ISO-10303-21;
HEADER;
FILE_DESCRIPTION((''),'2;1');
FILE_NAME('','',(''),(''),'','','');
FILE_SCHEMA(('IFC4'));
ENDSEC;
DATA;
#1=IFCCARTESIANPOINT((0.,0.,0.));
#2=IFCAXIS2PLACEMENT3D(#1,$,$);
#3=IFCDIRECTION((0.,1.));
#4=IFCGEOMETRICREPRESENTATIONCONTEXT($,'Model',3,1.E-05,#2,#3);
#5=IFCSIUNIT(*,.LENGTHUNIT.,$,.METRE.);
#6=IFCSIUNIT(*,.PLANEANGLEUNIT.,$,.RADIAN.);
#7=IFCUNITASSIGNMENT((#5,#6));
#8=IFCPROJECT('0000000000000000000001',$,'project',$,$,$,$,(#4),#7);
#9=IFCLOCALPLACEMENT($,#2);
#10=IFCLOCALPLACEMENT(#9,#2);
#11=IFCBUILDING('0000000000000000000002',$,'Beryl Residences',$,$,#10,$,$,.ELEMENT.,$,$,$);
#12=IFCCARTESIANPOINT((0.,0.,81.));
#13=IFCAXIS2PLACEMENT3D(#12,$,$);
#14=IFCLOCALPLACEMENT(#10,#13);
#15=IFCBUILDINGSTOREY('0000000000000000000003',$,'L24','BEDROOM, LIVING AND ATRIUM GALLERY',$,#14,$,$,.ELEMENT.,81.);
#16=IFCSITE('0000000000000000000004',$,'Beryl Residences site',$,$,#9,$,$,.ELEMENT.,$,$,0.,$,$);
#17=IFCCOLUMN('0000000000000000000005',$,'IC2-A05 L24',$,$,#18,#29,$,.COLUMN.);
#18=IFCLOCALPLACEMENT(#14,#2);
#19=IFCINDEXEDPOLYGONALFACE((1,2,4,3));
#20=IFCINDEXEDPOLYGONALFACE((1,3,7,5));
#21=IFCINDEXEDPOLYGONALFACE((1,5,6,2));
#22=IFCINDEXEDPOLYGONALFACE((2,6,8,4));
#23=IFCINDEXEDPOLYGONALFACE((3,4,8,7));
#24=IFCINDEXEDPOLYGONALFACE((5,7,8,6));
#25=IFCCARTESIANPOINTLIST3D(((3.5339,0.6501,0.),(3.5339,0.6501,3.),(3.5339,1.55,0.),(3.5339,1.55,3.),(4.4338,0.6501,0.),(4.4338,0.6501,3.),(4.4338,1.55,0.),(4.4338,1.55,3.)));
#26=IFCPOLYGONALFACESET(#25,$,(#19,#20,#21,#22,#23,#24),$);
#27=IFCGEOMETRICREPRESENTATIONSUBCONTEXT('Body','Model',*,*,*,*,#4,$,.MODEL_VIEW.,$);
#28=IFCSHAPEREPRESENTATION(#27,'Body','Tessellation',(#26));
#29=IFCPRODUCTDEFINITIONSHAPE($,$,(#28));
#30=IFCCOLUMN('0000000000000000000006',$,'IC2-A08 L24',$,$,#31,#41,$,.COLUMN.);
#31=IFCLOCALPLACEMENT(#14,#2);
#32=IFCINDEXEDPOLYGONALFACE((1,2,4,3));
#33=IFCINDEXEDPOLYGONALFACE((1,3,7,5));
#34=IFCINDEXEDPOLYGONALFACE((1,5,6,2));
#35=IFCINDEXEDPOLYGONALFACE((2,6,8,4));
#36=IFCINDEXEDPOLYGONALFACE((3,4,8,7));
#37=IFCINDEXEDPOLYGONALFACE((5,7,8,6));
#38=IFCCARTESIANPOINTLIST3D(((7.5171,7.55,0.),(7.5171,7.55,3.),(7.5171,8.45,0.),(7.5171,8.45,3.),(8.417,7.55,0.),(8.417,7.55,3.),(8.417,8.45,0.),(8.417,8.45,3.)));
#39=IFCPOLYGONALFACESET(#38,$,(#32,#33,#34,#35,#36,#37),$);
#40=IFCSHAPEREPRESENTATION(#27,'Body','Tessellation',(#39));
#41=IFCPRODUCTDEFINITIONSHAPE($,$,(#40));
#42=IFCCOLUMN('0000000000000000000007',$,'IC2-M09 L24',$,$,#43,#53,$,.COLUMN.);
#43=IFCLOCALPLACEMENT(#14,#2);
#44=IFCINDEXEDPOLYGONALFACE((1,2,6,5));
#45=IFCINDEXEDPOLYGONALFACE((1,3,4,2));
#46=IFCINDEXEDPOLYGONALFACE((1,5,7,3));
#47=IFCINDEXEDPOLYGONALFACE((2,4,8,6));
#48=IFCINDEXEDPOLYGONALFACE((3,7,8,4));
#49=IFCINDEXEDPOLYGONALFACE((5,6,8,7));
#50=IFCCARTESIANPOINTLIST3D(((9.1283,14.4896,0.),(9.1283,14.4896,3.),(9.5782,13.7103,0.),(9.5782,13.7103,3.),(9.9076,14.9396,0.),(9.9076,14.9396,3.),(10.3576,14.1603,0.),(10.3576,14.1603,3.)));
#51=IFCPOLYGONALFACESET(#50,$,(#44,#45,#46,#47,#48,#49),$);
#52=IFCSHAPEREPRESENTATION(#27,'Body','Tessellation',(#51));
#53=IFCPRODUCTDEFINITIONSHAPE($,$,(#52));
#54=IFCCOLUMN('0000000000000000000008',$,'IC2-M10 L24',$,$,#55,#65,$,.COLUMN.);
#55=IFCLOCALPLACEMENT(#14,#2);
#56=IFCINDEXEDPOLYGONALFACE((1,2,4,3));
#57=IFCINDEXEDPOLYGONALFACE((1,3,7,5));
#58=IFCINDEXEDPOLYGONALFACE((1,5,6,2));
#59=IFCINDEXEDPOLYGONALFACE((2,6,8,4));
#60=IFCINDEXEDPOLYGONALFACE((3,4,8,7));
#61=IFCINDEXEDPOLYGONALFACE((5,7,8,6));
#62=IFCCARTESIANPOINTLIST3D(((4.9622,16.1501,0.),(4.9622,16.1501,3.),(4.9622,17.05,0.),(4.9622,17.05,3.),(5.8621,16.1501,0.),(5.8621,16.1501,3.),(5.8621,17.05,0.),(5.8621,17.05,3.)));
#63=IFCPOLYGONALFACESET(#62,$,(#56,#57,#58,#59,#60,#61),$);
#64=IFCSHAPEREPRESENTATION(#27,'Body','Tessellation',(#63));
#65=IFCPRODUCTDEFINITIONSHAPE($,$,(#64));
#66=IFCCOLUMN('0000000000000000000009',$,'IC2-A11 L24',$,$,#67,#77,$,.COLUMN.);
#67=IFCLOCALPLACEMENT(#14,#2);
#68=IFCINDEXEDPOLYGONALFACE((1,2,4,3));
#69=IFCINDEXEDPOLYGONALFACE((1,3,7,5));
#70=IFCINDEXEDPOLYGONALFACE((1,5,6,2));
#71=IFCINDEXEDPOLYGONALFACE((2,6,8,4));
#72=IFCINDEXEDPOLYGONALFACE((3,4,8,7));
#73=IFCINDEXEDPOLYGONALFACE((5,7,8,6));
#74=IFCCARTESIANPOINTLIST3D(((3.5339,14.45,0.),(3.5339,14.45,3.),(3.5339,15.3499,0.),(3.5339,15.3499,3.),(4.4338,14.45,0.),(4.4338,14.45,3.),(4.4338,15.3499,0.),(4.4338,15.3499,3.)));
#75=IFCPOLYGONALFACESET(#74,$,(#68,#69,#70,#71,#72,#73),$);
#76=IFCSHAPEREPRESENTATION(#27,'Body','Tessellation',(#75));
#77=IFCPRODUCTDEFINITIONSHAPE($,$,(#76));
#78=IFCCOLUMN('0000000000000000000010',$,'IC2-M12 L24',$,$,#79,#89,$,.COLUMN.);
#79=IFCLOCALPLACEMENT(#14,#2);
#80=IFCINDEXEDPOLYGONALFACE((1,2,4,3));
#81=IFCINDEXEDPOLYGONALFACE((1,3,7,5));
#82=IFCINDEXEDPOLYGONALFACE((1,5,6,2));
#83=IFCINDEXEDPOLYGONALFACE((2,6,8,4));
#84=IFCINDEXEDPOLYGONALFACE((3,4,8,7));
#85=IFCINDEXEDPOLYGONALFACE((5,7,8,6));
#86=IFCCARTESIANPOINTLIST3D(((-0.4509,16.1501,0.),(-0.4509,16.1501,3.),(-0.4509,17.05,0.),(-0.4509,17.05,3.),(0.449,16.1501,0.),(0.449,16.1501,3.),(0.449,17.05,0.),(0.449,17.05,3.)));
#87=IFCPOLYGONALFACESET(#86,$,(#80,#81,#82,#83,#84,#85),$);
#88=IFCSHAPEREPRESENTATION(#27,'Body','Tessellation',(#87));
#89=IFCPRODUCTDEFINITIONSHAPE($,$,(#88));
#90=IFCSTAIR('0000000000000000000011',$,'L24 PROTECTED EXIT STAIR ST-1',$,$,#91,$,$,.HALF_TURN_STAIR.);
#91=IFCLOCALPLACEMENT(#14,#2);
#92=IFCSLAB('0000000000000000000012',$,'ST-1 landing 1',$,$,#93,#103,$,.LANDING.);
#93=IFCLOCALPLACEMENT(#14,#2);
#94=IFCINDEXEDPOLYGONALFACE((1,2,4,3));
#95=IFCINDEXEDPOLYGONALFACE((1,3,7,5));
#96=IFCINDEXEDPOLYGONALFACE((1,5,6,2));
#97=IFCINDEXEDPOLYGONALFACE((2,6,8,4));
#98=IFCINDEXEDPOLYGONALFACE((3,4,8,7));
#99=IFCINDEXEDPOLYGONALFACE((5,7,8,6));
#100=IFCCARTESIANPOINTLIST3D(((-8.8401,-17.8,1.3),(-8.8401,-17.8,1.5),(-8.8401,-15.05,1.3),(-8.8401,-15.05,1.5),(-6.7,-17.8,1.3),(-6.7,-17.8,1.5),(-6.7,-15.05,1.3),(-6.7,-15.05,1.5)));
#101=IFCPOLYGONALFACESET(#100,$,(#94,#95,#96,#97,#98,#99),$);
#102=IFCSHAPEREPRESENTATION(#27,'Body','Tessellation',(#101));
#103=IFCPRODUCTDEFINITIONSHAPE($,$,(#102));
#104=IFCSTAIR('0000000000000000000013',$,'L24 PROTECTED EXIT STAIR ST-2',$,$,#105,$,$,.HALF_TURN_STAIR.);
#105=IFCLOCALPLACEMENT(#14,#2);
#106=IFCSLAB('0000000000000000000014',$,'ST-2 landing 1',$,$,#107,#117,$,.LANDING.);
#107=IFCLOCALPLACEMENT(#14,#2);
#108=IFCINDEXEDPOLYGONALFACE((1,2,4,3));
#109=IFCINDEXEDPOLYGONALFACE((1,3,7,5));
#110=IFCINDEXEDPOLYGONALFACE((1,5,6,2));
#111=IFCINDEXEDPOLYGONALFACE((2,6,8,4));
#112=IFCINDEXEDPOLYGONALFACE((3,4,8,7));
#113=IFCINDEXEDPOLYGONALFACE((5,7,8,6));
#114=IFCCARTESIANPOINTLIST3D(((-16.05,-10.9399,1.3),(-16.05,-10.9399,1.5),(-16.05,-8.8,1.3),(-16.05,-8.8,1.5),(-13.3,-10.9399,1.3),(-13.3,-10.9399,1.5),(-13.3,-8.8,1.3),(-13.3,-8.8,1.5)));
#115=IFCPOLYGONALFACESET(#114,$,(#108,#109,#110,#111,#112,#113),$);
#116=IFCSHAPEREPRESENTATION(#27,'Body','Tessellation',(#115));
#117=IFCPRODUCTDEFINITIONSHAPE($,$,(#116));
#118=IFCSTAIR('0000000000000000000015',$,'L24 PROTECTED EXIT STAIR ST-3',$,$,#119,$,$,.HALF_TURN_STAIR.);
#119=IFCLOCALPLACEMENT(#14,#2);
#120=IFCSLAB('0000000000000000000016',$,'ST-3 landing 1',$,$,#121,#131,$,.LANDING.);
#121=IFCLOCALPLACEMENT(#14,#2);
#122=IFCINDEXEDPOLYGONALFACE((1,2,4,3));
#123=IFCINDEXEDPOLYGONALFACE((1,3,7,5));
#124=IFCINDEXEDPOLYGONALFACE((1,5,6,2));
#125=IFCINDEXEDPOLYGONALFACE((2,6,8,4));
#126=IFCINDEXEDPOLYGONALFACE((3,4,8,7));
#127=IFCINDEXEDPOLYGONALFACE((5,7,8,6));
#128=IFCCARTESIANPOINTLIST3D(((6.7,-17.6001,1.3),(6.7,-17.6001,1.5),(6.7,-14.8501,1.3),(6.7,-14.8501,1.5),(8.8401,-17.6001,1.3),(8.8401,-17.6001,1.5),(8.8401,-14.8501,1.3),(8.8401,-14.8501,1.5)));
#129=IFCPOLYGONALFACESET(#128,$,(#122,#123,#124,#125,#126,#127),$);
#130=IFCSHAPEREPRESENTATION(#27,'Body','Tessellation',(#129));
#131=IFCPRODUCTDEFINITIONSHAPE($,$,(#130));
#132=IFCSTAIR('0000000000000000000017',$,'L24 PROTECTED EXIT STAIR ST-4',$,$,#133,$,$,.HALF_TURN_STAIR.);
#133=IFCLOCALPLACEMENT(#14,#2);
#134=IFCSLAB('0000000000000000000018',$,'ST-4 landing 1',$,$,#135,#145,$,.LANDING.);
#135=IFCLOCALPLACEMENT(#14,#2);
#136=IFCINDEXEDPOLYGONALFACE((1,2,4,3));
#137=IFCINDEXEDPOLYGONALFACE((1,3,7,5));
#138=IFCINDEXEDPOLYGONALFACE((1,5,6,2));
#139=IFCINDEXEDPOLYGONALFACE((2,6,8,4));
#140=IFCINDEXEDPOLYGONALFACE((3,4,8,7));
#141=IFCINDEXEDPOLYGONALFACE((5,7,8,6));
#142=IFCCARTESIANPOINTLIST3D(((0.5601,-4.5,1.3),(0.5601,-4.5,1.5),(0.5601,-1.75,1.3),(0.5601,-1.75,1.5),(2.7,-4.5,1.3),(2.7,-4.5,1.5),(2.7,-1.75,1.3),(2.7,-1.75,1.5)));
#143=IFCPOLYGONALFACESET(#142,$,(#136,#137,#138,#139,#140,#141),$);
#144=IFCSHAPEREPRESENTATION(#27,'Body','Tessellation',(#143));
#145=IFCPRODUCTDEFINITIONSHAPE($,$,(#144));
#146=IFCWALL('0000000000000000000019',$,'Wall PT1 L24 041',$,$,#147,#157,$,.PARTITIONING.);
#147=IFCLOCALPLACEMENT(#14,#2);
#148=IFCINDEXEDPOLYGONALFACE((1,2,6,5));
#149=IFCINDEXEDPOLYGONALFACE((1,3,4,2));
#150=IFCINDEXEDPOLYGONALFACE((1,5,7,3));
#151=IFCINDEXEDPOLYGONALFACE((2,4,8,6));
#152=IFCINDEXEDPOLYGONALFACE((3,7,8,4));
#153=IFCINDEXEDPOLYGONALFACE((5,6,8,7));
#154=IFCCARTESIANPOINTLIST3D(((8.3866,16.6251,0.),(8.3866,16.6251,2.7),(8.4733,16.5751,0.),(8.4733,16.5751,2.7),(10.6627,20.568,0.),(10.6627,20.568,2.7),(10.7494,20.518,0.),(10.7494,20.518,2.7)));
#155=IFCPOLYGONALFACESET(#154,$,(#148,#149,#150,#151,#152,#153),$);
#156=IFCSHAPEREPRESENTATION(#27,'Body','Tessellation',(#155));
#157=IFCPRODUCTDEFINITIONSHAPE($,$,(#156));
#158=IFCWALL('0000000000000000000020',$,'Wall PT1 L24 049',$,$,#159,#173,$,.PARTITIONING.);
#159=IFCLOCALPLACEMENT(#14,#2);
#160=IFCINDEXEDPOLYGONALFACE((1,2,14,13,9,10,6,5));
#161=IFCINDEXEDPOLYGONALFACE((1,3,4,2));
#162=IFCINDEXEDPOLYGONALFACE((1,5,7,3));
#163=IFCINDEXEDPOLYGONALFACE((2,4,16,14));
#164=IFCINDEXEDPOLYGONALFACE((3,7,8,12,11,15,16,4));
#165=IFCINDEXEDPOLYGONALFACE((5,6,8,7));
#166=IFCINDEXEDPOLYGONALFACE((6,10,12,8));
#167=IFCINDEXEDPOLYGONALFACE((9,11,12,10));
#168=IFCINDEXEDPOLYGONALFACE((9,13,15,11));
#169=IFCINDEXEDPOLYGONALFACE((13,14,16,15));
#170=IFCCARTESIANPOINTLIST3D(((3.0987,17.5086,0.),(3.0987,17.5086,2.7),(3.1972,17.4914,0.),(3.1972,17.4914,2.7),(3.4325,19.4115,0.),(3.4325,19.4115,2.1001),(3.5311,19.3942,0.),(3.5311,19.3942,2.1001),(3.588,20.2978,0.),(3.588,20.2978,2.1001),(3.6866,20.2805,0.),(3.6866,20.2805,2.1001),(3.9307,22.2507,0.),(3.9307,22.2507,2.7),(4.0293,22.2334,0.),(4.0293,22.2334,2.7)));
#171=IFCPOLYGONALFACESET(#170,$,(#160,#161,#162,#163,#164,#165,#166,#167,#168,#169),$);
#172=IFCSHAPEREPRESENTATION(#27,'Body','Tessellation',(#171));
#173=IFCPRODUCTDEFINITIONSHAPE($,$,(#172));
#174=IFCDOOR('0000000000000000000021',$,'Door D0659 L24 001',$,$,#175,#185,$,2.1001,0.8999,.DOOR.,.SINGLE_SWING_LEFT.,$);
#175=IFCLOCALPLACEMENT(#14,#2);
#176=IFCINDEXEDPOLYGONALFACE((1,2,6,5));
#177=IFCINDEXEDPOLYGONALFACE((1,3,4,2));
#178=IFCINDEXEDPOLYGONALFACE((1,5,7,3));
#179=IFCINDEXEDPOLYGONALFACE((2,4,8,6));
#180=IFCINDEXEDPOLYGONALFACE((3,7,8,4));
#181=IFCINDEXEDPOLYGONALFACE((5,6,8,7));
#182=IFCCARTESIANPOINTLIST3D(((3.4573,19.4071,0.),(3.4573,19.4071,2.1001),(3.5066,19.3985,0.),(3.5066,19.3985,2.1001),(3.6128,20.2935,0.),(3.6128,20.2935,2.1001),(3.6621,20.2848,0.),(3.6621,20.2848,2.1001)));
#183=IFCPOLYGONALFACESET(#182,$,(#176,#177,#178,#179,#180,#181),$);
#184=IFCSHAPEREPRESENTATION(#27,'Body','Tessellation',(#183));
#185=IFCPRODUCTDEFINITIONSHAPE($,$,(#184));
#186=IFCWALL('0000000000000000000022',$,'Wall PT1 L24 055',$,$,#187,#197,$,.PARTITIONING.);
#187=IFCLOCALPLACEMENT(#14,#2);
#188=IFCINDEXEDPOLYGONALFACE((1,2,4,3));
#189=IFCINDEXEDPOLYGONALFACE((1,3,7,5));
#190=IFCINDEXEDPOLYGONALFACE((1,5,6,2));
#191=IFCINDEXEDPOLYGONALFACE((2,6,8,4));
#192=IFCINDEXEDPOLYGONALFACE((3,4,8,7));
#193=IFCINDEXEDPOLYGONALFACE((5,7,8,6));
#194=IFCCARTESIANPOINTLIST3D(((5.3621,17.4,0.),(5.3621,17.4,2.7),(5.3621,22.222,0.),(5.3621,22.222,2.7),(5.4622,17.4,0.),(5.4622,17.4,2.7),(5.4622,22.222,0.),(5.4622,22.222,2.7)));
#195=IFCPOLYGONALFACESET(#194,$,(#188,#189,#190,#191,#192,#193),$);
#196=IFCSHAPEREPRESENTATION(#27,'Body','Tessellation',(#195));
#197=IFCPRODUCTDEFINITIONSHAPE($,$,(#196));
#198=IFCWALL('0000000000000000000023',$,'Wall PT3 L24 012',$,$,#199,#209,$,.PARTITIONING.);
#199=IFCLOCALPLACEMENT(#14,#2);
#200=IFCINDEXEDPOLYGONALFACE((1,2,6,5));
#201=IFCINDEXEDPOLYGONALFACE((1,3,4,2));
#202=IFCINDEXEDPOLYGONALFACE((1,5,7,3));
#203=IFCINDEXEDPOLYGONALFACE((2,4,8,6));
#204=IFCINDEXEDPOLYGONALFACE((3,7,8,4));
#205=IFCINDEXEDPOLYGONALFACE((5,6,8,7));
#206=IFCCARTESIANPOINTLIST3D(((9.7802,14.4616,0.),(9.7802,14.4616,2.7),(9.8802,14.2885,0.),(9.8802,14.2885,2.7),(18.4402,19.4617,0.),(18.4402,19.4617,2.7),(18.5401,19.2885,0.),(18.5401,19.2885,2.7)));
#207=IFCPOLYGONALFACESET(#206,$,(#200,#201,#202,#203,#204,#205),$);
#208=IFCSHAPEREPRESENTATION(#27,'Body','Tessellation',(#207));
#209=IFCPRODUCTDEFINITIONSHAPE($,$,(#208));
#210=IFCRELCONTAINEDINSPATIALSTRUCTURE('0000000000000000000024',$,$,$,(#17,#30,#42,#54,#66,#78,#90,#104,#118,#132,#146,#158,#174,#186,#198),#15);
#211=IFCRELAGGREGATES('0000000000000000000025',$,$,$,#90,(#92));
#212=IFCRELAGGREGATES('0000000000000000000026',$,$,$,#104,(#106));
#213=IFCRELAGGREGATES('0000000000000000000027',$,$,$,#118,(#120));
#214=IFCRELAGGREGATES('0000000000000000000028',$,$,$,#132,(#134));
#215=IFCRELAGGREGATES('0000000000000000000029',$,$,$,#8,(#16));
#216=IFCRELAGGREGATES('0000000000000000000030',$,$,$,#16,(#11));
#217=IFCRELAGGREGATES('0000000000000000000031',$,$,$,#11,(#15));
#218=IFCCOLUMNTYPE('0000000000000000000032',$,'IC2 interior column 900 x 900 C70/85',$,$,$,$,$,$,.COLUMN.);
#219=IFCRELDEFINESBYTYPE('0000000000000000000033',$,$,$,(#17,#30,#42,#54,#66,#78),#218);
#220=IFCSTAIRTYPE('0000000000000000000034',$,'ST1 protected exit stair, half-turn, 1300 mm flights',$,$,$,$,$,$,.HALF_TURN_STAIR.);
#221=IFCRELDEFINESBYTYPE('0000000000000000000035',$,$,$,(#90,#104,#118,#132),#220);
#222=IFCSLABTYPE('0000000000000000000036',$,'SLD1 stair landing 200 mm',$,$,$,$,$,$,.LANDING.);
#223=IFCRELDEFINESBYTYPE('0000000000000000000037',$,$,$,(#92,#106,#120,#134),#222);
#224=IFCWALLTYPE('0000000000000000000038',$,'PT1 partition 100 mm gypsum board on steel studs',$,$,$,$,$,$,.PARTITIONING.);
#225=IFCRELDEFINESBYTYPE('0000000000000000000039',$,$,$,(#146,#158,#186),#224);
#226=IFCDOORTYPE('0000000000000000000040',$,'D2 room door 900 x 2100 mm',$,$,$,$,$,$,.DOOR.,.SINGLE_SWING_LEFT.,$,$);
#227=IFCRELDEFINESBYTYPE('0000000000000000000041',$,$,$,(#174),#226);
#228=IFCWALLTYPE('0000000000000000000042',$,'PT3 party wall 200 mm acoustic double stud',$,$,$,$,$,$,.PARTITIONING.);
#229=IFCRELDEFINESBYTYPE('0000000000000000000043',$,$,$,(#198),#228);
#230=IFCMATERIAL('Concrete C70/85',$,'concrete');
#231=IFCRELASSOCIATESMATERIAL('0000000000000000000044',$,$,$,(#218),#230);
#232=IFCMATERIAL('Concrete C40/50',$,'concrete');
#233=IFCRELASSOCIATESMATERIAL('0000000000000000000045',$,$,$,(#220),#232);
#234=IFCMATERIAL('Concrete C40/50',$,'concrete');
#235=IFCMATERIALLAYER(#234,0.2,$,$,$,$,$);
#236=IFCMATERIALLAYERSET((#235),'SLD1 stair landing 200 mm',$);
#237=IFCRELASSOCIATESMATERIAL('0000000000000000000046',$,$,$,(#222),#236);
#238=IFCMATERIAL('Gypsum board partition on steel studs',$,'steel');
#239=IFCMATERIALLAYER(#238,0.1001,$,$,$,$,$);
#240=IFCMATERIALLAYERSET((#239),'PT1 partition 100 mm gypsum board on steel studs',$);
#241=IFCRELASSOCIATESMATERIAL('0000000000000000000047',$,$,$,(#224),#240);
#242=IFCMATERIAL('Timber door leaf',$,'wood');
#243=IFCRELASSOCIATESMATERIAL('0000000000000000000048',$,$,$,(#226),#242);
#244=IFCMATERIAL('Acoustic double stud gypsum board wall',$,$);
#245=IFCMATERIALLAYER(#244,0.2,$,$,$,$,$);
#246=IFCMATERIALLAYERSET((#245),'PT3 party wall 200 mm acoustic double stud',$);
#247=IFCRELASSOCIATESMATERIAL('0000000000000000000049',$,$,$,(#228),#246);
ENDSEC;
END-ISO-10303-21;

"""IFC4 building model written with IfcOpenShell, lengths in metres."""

from ifc_helpers import new_model, si_unit, direction, frame, frame_2d, origin, origin_2d, place, context, subcontext, project, spatial, polyline, rectangle, outline, extrude, material, layer, layer_set, material_profile, profile_set, type_object, element, fill, aggregate, save


model = new_model("IFC4")

# Units and contexts
model_context = context("Model", 3, precision=1e-05, world=origin(), true_north=direction((0.0, 1.0)))
body_context = subcontext(model_context, "Body", "Model", "MODEL_VIEW")
ifc_project = project(units=[si_unit("LENGTHUNIT", "METRE"), si_unit("PLANEANGLEUNIT", "RADIAN")], contexts=[model_context])

# Site, building, storey
site_placement = place(None, origin())
site = spatial("IfcSite", under=ifc_project, at=site_placement, Name="Beryl Residences site", CompositionType="ELEMENT", RefElevation=0.0)
building_placement = place(site_placement, origin())
building = spatial("IfcBuilding", under=site, at=building_placement, Name="Beryl Residences", CompositionType="ELEMENT")
storey_placement = place(building_placement, frame((0.0, 0.0, 81.0)))
storey = spatial("IfcBuildingStorey", under=building, at=storey_placement, Name="L24", Description="BEDROOM, LIVING AND ATRIUM GALLERY", CompositionType="ELEMENT", Elevation=81.0)

# Columns
ifc_material_1 = material(Name="Concrete C70/85", Category="concrete")
ifc_material_profile = material_profile(ifc_material_1, rectangle(XDim=0.8999, YDim=0.8999, at=origin_2d()))
ifc_profile_set = profile_set([ifc_material_profile], Name="Concrete C70/85")
column_type = type_object("IfcColumnType", Name="IC2 interior column 900 x 900 C70/85", PredefinedType="COLUMN", material=ifc_profile_set)
for number, where, z_axis, x_axis, name in (
    (1, (3.9839, 1.1001, 0.0), (0.0, 0.0, 1.0), (1.0, 0.0, 0.0), "IC2-A05 L24"),
    (2, (7.967, 8.0, 0.0), (0.0, 0.0, 1.0), (1.0, 0.0, 0.0), "IC2-A08 L24"),
    (3, (9.7429, 14.325, 0.0), (0.0, 0.0, 1.0), (-0.5, 0.866025, 0.0), "IC2-M09 L24"),
    (4, (5.4121, 16.6001, 0.0), (0.0, 0.0, 1.0), (-1.0, 0.0, 0.0), "IC2-M10 L24"),
    (5, (3.9839, 14.8999, 0.0), (0.0, 0.0, 1.0), (1.0, 0.0, 0.0), "IC2-A11 L24"),
    (6, (-0.001, 16.6001, 0.0), (0.0, 0.0, 1.0), (-1.0, 0.0, 0.0), "IC2-M12 L24"),
):
    element("IfcColumn", number, at=place(storey_placement, frame(where, z_axis=z_axis, x_axis=x_axis)), inside=storey, type_object=column_type, Name=name, PredefinedType="COLUMN", context=body_context, shape_type="SweptSolid", body=[
        extrude(rectangle(XDim=0.8999, YDim=0.8999, at=origin_2d()), origin(), (0.0, 0.0, 1.0), 3.0),
    ])

# Stairs, slabs
ifc_material_2 = material(Name="Concrete C40/50", Category="concrete")
stair_type = type_object("IfcStairType", Name="ST1 protected exit stair, half-turn, 1300 mm flights", PredefinedType="HALF_TURN_STAIR", material=ifc_material_2)
stair_1_placement = place(storey_placement, origin())
stair_1 = element("IfcStair", 7, at=stair_1_placement, inside=storey, type_object=stair_type, Name="L24 PROTECTED EXIT STAIR ST-1", PredefinedType="HALF_TURN_STAIR")
ifc_material_3 = material(Name="Concrete C40/50", Category="concrete")
ifc_layer_1 = layer(ifc_material_3, 0.2)
ifc_layer_set_1 = layer_set([ifc_layer_1], Name="SLD1 stair landing 200 mm")
slab_type_1 = type_object("IfcSlabType", Name="SLD1 stair landing 200 mm", PredefinedType="LANDING", material=ifc_layer_set_1)
slab_1_placement = place(storey_placement, frame((0.0, 0.0, 1.3)))
slab_1 = element("IfcSlab", 8, at=slab_1_placement, type_object=slab_type_1, Name="ST-1 landing 1", PredefinedType="LANDING", context=body_context, shape_type="SweptSolid", body=[
    extrude(outline(polyline([(-8.8401, -17.8), (-6.7, -17.8), (-6.7, -15.05), (-8.8401, -15.05), (-8.8401, -17.8)])), origin(), (0.0, 0.0, 1.0), 0.2),
])
aggregate(stair_1, [slab_1])
stair_2_placement = place(storey_placement, origin())
stair_2 = element("IfcStair", 9, at=stair_2_placement, inside=storey, type_object=stair_type, Name="L24 PROTECTED EXIT STAIR ST-2", PredefinedType="HALF_TURN_STAIR")
slab_2_placement = place(storey_placement, frame((0.0, 0.0, 1.3)))
slab_2 = element("IfcSlab", 10, at=slab_2_placement, type_object=slab_type_1, Name="ST-2 landing 1", PredefinedType="LANDING", context=body_context, shape_type="SweptSolid", body=[
    extrude(outline(polyline([(-13.3, -10.9399), (-13.3, -8.8), (-16.05, -8.8), (-16.05, -10.9399), (-13.3, -10.9399)])), origin(), (0.0, 0.0, 1.0), 0.2),
])
aggregate(stair_2, [slab_2])
stair_3_placement = place(storey_placement, origin())
stair_3 = element("IfcStair", 11, at=stair_3_placement, inside=storey, type_object=stair_type, Name="L24 PROTECTED EXIT STAIR ST-3", PredefinedType="HALF_TURN_STAIR")
slab_3_placement = place(storey_placement, frame((0.0, 0.0, 1.3)))
slab_3 = element("IfcSlab", 12, at=slab_3_placement, type_object=slab_type_1, Name="ST-3 landing 1", PredefinedType="LANDING", context=body_context, shape_type="SweptSolid", body=[
    extrude(outline(polyline([(8.8401, -14.8501), (6.7, -14.8501), (6.7, -17.6001), (8.8401, -17.6001), (8.8401, -14.8501)])), origin(), (0.0, 0.0, 1.0), 0.2),
])
aggregate(stair_3, [slab_3])
stair_4_placement = place(storey_placement, origin())
stair_4 = element("IfcStair", 13, at=stair_4_placement, inside=storey, type_object=stair_type, Name="L24 PROTECTED EXIT STAIR ST-4", PredefinedType="HALF_TURN_STAIR")
slab_4_placement = place(storey_placement, frame((0.0, 0.0, 1.3)))
slab_4 = element("IfcSlab", 14, at=slab_4_placement, type_object=slab_type_1, Name="ST-4 landing 1", PredefinedType="LANDING", context=body_context, shape_type="SweptSolid", body=[
    extrude(outline(polyline([(0.5601, -4.5), (2.7, -4.5), (2.7, -1.75), (0.5601, -1.75), (0.5601, -4.5)])), origin(), (0.0, 0.0, 1.0), 0.2),
])
aggregate(stair_4, [slab_4])

# Wall
ifc_material_4 = material(Name="Gypsum board partition on steel studs", Category="steel")
ifc_layer_2 = layer(ifc_material_4, 0.1001)
ifc_layer_set_2 = layer_set([ifc_layer_2], Name="PT1 partition 100 mm gypsum board on steel studs")
wall_type_1 = type_object("IfcWallType", Name="PT1 partition 100 mm gypsum board on steel studs", PredefinedType="PARTITIONING", material=ifc_layer_set_2)
wall_1_placement = place(storey_placement, frame((8.4299, 16.6001, 0.0), z_axis=(0.0, 0.0, 1.0), x_axis=(0.499951, 0.866053, 0.0)))
element("IfcWall", 15, at=wall_1_placement, inside=storey, type_object=wall_type_1, Name="Wall PT1 L24 041", PredefinedType="PARTITIONING", context=body_context, shape_type="SweptSolid", body=[
    extrude(rectangle(XDim=4.5527, YDim=0.1001, at=frame_2d((2.2764, 0.0))), origin(), (0.0, 0.0, 1.0), 2.7),
])

# Wall, opening, door
wall_2_placement = place(storey_placement, frame((3.1479, 17.5, 0.0), z_axis=(0.0, 0.0, 1.0), x_axis=(0.172822, 0.984953, 0.0)))
wall_2 = element("IfcWall", 16, at=wall_2_placement, inside=storey, type_object=wall_type_1, Name="Wall PT1 L24 049", PredefinedType="PARTITIONING", context=body_context, shape_type="SweptSolid", body=[
    extrude(rectangle(XDim=4.8145, YDim=0.1001, at=frame_2d((2.4072, 0.0))), origin(), (0.0, 0.0, 1.0), 2.7),
])
opening_1_placement = place(wall_2_placement, frame((1.9319, 0.0, 0.0)))
opening_1 = element("IfcOpeningElement", 17, at=opening_1_placement, cuts=wall_2, PredefinedType="OPENING", context=body_context, shape_type="SweptSolid", body=[
    extrude(rectangle(XDim=0.8999, YDim=2.1001, at=frame_2d((0.45, 1.05))), frame((0.0, 0.0601, 0.0), z_axis=(0.0, -1.0, 0.0), x_axis=(1.0, 0.0, 0.0)), (0.0, 0.0, 1.0), 0.1201),
])
ifc_material_5 = material(Name="Timber door leaf", Category="wood")
door_type_1 = type_object("IfcDoorType", Name="D2 room door 900 x 2100 mm", OperationType="SINGLE_SWING_LEFT", PredefinedType="DOOR", material=ifc_material_5)
door_1_placement = place(opening_1_placement, origin())
door_1 = element("IfcDoor", 18, at=door_1_placement, inside=storey, type_object=door_type_1, Name="Door D0659 L24 001", OperationType="SINGLE_SWING_LEFT", OverallHeight=2.1001, OverallWidth=0.8999, PredefinedType="DOOR", context=body_context, shape_type="SweptSolid", body=[
    extrude(rectangle(XDim=0.8999, YDim=2.1001, at=frame_2d((0.45, 1.05))), frame((0.0, 0.0249, 0.0), z_axis=(0.0, -1.0, 0.0), x_axis=(1.0, 0.0, 0.0)), (0.0, 0.0, 1.0), 0.05),
])
fill(opening_1, door_1)

# Walls
wall_3_placement = place(storey_placement, frame((5.4121, 17.3999, 0.0), z_axis=(0.0, 0.0, 1.0), x_axis=(0.0, 1.0, 0.0)))
element("IfcWall", 19, at=wall_3_placement, inside=storey, type_object=wall_type_1, Name="Wall PT1 L24 055", PredefinedType="PARTITIONING", context=body_context, shape_type="SweptSolid", body=[
    extrude(rectangle(XDim=4.822, YDim=0.1001, at=frame_2d((2.4111, 0.0))), origin(), (0.0, 0.0, 1.0), 2.7),
])
ifc_material_6 = material(Name="Acoustic double stud gypsum board wall")
ifc_layer_3 = layer(ifc_material_6, 0.2)
ifc_layer_set_3 = layer_set([ifc_layer_3], Name="PT3 party wall 200 mm acoustic double stud")
wall_type_2 = type_object("IfcWallType", Name="PT3 party wall 200 mm acoustic double stud", PredefinedType="PARTITIONING", material=ifc_layer_set_3)
wall_4_placement = place(storey_placement, frame((9.8301, 14.375, 0.0), z_axis=(0.0, 0.0, 1.0), x_axis=(0.866017, 0.500015, 0.0)))
element("IfcWall", 20, at=wall_4_placement, inside=storey, type_object=wall_type_2, Name="Wall PT3 L24 012", PredefinedType="PARTITIONING", context=body_context, shape_type="SweptSolid", body=[
    extrude(rectangle(XDim=9.9998, YDim=0.2, at=frame_2d((5.0, 0.0))), origin(), (0.0, 0.0, 1.0), 2.7),
])

save(model, "model.ifc")
